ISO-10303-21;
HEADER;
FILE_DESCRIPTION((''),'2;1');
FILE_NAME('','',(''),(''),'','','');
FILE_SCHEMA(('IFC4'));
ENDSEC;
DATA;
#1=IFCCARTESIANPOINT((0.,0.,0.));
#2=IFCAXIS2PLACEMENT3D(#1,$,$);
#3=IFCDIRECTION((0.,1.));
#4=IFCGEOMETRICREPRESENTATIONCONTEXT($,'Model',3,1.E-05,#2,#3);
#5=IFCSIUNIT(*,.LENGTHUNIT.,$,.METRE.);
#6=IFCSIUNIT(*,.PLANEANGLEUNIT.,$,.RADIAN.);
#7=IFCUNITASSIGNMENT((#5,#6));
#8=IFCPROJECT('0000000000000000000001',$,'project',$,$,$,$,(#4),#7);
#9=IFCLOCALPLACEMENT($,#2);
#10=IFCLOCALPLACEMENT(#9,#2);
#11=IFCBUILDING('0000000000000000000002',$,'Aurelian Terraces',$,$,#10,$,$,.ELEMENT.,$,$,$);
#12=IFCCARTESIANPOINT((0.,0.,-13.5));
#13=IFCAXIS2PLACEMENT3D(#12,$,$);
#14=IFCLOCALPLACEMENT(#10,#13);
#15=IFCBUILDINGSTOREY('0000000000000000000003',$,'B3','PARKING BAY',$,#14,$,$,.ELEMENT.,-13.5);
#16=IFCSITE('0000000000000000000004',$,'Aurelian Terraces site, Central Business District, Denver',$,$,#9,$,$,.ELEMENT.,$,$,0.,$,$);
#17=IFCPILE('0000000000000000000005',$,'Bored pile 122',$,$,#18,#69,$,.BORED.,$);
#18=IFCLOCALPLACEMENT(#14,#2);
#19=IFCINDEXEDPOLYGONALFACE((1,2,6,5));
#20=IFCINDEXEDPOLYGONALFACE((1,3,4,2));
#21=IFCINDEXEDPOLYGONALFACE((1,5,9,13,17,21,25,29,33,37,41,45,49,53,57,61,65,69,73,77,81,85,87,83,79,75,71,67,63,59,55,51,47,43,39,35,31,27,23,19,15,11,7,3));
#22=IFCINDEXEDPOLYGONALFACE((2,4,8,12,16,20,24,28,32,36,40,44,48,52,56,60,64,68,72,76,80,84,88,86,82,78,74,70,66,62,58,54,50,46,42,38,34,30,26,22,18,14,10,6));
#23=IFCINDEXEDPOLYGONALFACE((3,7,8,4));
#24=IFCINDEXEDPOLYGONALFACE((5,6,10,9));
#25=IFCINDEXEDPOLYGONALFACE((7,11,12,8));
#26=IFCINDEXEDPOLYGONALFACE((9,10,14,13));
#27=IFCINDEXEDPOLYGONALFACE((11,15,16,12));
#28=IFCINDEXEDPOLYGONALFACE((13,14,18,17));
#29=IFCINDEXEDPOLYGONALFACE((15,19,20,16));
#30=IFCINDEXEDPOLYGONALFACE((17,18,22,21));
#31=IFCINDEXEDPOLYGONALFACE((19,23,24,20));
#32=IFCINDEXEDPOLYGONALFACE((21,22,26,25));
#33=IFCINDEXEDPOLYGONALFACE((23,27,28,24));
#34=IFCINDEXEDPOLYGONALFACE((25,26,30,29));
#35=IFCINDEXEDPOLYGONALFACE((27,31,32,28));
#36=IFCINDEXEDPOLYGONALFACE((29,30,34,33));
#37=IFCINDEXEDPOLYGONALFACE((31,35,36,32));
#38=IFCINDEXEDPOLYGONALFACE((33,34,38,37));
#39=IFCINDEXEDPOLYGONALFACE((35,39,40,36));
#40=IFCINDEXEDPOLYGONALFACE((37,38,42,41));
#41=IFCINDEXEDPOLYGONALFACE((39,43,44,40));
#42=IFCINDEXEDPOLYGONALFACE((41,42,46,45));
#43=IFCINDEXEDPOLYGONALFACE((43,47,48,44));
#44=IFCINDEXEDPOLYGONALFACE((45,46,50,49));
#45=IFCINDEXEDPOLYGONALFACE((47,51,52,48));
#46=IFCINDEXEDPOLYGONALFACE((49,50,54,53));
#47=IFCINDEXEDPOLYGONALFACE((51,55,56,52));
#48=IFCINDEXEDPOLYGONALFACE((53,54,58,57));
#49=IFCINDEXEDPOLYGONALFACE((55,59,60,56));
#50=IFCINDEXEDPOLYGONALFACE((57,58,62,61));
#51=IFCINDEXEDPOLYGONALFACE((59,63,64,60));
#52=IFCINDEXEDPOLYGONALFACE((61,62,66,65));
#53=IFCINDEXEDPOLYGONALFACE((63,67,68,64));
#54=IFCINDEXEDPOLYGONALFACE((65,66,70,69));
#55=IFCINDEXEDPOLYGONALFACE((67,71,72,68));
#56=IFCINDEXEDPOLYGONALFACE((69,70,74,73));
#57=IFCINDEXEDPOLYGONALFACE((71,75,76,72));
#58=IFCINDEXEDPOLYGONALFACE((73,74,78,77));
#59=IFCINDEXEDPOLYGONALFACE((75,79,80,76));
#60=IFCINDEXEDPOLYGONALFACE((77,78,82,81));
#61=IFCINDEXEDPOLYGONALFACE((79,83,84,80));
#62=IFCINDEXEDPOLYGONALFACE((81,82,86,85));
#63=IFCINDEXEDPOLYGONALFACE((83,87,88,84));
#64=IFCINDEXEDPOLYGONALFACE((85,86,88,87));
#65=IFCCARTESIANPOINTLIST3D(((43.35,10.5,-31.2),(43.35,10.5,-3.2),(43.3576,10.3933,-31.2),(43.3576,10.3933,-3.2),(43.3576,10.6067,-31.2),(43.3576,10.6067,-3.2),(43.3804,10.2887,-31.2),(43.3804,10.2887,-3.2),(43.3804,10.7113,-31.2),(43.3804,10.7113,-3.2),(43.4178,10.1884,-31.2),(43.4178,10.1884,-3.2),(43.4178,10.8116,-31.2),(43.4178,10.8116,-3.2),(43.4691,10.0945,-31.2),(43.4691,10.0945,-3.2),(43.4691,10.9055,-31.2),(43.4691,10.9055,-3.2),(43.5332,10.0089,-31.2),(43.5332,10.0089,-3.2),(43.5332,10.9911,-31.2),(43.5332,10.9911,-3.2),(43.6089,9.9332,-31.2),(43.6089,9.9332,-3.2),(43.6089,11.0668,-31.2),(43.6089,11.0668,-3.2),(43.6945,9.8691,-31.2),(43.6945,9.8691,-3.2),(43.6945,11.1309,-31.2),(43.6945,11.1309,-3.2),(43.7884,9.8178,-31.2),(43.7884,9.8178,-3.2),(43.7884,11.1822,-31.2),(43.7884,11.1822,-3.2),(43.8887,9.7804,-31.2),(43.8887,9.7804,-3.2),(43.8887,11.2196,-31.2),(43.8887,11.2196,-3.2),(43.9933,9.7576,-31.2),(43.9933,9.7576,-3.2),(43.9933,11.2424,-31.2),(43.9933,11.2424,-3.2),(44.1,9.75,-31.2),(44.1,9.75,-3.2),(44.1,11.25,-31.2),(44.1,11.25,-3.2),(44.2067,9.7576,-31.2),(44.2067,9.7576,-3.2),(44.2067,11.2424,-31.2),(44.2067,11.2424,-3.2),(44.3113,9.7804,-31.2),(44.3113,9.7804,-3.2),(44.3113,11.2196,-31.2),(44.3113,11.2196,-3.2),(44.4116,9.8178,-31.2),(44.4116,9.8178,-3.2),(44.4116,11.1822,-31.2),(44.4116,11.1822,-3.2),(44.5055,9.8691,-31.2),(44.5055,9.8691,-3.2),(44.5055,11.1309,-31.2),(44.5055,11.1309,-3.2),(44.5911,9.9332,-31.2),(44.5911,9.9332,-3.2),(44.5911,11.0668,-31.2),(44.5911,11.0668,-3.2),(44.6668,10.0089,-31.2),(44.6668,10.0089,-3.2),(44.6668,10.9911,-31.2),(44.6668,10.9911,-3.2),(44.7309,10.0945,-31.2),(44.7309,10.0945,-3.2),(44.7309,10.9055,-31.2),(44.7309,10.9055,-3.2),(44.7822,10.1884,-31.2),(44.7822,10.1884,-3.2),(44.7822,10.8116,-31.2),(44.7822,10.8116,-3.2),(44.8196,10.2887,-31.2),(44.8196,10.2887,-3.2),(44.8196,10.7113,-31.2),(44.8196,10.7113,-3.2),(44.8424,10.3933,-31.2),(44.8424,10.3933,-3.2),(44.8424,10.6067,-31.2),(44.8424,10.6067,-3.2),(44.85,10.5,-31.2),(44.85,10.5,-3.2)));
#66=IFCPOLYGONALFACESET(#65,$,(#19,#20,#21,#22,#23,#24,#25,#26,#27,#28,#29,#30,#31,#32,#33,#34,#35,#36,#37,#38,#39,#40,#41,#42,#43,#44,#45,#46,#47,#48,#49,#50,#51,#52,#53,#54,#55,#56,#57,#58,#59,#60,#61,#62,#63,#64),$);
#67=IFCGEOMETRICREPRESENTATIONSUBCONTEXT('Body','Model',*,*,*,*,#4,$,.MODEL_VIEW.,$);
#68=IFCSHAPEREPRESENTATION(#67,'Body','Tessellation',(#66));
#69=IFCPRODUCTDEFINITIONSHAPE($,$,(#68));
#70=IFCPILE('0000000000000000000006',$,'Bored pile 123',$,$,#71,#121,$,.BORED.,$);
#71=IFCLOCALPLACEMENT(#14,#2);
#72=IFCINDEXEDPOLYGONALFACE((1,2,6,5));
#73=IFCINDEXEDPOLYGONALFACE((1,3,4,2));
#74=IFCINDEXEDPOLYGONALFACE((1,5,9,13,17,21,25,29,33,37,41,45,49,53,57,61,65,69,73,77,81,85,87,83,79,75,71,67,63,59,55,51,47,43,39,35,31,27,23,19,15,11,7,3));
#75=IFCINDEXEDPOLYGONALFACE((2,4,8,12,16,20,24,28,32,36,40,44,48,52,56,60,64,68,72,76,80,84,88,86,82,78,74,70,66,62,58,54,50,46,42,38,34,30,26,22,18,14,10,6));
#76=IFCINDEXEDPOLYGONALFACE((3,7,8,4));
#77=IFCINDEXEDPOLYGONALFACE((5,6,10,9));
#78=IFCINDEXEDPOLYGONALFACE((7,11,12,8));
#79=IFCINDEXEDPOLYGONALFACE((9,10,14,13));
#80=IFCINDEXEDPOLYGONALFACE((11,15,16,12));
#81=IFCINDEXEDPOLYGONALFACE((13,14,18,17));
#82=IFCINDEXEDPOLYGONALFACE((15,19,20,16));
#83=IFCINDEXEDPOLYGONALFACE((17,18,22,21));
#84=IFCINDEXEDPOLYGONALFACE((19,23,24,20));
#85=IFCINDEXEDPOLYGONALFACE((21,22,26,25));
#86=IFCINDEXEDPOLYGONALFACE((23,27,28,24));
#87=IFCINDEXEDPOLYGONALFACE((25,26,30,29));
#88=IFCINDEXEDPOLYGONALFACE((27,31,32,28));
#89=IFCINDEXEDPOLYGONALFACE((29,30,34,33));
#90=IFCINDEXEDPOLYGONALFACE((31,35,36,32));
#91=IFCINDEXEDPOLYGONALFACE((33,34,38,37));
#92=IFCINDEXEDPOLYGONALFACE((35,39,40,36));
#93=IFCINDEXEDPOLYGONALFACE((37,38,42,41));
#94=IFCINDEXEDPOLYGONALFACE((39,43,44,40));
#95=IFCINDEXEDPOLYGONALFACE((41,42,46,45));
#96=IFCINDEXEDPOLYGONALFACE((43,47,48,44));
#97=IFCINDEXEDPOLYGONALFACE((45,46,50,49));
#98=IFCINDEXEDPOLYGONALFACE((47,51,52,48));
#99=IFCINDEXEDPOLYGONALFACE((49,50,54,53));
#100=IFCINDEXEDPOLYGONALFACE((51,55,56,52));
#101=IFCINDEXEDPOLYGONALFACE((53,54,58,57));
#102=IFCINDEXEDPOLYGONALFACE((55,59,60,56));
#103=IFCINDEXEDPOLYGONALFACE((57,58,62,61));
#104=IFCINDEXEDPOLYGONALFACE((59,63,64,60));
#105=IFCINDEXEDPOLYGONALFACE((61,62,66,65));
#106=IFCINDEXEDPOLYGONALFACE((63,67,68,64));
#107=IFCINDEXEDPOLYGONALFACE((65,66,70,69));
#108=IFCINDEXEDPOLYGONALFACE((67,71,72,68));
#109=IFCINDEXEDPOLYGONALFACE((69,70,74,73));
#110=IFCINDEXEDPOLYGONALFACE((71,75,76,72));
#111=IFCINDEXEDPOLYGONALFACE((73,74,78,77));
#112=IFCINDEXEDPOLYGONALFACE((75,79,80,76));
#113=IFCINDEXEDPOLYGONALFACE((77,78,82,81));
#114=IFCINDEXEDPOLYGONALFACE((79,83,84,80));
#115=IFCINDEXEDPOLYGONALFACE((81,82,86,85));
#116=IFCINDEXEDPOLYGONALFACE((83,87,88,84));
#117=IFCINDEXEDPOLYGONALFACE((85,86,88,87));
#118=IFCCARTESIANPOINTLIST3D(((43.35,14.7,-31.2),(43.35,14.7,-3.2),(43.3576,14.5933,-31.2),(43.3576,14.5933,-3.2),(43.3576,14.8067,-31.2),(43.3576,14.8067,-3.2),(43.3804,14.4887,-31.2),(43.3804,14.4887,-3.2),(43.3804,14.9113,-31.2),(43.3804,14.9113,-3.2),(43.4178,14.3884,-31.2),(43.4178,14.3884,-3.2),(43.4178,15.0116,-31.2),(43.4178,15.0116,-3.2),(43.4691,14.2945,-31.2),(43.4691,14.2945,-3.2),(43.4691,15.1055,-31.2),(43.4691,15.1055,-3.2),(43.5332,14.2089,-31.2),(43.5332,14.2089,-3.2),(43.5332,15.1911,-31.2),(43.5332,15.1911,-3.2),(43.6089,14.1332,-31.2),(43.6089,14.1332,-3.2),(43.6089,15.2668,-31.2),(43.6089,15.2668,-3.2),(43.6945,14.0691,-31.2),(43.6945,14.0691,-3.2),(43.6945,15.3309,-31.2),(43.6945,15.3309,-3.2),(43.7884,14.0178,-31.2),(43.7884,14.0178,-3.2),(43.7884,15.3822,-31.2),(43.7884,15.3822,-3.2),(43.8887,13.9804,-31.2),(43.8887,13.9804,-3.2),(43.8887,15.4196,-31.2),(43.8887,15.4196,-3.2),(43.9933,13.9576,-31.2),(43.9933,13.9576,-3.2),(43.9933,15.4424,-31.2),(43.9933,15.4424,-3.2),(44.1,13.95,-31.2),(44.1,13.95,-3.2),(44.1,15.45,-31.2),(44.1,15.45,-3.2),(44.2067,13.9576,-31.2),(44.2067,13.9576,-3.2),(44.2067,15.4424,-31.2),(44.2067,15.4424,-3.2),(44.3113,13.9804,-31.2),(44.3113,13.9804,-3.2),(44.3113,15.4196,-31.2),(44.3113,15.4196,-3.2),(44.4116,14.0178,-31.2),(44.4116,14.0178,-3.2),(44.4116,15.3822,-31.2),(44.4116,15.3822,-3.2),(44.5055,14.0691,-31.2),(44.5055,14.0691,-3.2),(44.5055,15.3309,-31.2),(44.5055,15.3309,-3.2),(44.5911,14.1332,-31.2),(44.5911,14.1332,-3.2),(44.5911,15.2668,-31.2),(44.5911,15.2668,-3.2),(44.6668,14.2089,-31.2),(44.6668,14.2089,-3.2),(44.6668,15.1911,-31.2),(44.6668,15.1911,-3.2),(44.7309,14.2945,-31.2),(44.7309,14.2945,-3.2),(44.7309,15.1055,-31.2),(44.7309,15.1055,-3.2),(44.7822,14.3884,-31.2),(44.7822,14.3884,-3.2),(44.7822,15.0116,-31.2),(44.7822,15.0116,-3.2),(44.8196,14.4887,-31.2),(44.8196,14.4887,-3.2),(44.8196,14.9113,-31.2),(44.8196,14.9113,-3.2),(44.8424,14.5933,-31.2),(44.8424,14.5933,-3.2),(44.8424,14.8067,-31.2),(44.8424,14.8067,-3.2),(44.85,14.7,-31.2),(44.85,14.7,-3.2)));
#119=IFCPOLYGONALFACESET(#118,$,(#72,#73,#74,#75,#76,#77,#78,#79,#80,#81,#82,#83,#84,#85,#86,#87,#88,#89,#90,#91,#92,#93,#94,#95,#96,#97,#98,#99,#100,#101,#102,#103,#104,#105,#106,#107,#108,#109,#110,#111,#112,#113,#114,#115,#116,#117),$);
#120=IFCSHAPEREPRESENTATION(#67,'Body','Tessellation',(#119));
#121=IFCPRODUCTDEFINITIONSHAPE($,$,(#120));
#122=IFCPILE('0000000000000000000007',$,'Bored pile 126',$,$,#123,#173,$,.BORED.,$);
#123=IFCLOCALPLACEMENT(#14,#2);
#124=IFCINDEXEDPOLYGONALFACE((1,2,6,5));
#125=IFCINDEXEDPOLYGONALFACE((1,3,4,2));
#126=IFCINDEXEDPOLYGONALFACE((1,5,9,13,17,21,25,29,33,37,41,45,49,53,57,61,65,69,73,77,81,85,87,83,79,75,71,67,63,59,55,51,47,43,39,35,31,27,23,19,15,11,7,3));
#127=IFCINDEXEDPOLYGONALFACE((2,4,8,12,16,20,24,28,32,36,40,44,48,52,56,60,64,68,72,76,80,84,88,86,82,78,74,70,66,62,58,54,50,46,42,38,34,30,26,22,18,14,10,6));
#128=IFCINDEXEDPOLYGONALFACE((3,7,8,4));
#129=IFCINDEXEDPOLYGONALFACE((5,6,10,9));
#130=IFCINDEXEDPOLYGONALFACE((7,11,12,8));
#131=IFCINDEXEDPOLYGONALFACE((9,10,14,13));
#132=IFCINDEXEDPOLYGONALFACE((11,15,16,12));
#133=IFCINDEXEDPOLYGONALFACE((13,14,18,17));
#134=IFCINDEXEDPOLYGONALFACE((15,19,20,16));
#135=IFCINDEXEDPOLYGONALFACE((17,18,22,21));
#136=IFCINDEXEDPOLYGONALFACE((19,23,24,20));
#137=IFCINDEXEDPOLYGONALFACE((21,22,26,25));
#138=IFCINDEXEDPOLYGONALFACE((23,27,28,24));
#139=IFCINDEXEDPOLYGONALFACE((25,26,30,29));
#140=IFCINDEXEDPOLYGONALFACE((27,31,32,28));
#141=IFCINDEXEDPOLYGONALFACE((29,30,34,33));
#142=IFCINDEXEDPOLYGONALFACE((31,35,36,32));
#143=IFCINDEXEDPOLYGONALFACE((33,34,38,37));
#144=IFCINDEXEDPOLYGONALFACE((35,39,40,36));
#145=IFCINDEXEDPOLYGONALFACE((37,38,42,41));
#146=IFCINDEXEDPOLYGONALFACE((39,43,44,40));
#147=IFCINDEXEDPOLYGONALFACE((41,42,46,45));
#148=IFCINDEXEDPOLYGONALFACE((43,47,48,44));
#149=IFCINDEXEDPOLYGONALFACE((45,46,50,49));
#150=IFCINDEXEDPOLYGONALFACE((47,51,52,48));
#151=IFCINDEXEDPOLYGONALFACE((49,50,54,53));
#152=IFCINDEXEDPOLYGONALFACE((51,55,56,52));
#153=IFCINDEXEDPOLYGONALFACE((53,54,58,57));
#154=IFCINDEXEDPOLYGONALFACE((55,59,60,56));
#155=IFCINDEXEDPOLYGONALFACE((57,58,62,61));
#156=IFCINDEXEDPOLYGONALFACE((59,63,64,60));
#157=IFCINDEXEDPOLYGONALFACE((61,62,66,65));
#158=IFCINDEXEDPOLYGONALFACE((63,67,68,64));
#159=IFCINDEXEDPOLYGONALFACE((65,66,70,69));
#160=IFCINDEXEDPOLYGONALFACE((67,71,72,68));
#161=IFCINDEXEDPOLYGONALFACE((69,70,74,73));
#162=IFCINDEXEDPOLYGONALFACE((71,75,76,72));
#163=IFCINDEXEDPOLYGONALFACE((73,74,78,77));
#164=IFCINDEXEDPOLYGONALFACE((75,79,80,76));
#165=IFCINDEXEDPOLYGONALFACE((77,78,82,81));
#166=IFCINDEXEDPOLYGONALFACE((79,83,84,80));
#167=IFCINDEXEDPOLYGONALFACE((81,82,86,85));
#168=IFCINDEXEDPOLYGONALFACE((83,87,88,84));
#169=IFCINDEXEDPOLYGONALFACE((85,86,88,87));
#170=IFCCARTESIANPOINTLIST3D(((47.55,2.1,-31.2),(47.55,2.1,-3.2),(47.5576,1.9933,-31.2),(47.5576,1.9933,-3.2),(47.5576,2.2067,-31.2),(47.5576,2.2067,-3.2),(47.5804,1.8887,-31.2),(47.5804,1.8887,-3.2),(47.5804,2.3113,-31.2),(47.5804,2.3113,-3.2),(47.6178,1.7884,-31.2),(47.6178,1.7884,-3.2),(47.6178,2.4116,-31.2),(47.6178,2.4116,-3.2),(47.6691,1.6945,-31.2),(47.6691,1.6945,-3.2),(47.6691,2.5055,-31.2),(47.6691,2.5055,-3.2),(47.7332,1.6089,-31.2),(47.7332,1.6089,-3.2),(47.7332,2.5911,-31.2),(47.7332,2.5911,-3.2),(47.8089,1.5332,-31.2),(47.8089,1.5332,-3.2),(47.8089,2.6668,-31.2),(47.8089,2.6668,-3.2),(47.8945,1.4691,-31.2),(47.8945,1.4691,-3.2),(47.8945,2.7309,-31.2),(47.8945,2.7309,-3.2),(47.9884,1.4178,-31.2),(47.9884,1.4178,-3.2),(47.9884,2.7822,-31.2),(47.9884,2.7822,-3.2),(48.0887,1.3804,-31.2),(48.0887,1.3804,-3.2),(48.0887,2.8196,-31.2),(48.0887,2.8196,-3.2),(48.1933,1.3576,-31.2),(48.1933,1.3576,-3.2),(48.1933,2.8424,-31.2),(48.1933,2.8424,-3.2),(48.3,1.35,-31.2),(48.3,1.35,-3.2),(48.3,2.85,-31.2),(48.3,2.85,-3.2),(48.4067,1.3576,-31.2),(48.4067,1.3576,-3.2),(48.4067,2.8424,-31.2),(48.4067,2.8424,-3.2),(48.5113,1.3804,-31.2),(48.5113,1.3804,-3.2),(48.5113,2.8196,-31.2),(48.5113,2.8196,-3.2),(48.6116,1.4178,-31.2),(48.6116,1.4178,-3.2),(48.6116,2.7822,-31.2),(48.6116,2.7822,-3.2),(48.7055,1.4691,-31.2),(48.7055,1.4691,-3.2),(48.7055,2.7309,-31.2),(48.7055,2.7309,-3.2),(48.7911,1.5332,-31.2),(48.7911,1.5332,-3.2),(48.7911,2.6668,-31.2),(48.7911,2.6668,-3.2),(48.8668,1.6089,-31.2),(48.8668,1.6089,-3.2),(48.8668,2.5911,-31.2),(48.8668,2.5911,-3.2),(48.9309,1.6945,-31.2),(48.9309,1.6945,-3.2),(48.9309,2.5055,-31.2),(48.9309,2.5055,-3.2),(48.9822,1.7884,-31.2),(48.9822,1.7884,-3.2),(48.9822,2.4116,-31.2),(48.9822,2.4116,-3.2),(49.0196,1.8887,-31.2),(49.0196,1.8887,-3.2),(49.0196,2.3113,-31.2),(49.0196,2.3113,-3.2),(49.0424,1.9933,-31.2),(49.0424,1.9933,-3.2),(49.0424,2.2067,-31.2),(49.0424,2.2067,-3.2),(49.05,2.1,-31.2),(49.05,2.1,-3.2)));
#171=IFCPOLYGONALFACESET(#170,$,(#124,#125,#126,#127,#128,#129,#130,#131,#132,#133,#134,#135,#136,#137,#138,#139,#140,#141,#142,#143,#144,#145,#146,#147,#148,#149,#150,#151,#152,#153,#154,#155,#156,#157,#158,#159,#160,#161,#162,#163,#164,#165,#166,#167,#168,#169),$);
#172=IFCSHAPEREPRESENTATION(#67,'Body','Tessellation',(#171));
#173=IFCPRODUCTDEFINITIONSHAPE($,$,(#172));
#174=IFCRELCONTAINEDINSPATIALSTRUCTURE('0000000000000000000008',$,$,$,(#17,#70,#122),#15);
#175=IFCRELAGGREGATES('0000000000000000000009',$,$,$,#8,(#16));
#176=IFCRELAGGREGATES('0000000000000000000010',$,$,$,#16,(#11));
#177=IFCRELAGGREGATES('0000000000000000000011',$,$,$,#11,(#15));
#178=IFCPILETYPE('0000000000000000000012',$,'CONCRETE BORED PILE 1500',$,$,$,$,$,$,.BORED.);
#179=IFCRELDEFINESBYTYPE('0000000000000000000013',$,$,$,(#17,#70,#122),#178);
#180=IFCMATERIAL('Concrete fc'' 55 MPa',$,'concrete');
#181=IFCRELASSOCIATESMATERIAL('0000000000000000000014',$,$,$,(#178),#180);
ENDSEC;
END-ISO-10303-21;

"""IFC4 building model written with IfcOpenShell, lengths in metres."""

from ifc_helpers import new_model, si_unit, direction, frame, origin, origin_2d, place, context, subcontext, project, spatial, circle, extrude, source, transform, mapped, material, material_profile, profile_set, type_object, element, save


model = new_model("IFC4")

# Units and contexts
model_context = context("Model", 3, precision=1e-05, world=origin(), true_north=direction((0.0, 1.0)))
body_context = subcontext(model_context, "Body", "Model", "MODEL_VIEW")
ifc_project = project(units=[si_unit("LENGTHUNIT", "METRE"), si_unit("PLANEANGLEUNIT", "RADIAN")], contexts=[model_context])

# Site, building, storey
site_placement = place(None, origin())
site = spatial("IfcSite", under=ifc_project, at=site_placement, Name="Aurelian Terraces site, Central Business District, Denver", CompositionType="ELEMENT", RefElevation=0.0)
building_placement = place(site_placement, origin())
building = spatial("IfcBuilding", under=site, at=building_placement, Name="Aurelian Terraces", CompositionType="ELEMENT")
storey_placement = place(building_placement, frame((0.0, 0.0, -13.5)))
storey = spatial("IfcBuildingStorey", under=building, at=storey_placement, Name="B3", Description="PARKING BAY", CompositionType="ELEMENT", Elevation=-13.5)

# Piles
ifc_material_1 = material(Name="Concrete fc' 55 MPa", Category="concrete")
ifc_material_profile = material_profile(ifc_material_1, circle(Radius=0.75, at=origin_2d()))
ifc_profile_set = profile_set([ifc_material_profile], Name="Concrete fc' 55 MPa")
pile_type = type_object("IfcPileType", Name="CONCRETE BORED PILE 1500", PredefinedType="BORED", material=ifc_profile_set)
shared_shape_1 = source(origin(), body_context, "Body", "SweptSolid", [
    extrude(circle(Radius=0.75, at=origin_2d()), origin(), (0.0, 0.0, 1.0), 28.0),
])
for number, where, z_axis, x_axis, name in (
    (1, (44.1, 10.5, -3.2), (0.0, 0.0, -1.0), (1.0, 0.0, 0.0), "Bored pile 122"),
    (2, (44.1, 14.7, -3.2), (0.0, 0.0, -1.0), (1.0, 0.0, 0.0), "Bored pile 123"),
    (3, (48.3, 2.1, -3.2), (0.0, 0.0, -1.0), (1.0, 0.0, 0.0), "Bored pile 126"),
):
    element("IfcPile", number, at=place(storey_placement, frame(where, z_axis=z_axis, x_axis=x_axis)), inside=storey, type_object=pile_type, Name=name, PredefinedType="BORED", context=body_context, shape_type="MappedRepresentation", body=[
        mapped(shared_shape_1, transform((0.0, 0.0, 0.0), scale=1.0)),
    ])

save(model, "model.ifc")
